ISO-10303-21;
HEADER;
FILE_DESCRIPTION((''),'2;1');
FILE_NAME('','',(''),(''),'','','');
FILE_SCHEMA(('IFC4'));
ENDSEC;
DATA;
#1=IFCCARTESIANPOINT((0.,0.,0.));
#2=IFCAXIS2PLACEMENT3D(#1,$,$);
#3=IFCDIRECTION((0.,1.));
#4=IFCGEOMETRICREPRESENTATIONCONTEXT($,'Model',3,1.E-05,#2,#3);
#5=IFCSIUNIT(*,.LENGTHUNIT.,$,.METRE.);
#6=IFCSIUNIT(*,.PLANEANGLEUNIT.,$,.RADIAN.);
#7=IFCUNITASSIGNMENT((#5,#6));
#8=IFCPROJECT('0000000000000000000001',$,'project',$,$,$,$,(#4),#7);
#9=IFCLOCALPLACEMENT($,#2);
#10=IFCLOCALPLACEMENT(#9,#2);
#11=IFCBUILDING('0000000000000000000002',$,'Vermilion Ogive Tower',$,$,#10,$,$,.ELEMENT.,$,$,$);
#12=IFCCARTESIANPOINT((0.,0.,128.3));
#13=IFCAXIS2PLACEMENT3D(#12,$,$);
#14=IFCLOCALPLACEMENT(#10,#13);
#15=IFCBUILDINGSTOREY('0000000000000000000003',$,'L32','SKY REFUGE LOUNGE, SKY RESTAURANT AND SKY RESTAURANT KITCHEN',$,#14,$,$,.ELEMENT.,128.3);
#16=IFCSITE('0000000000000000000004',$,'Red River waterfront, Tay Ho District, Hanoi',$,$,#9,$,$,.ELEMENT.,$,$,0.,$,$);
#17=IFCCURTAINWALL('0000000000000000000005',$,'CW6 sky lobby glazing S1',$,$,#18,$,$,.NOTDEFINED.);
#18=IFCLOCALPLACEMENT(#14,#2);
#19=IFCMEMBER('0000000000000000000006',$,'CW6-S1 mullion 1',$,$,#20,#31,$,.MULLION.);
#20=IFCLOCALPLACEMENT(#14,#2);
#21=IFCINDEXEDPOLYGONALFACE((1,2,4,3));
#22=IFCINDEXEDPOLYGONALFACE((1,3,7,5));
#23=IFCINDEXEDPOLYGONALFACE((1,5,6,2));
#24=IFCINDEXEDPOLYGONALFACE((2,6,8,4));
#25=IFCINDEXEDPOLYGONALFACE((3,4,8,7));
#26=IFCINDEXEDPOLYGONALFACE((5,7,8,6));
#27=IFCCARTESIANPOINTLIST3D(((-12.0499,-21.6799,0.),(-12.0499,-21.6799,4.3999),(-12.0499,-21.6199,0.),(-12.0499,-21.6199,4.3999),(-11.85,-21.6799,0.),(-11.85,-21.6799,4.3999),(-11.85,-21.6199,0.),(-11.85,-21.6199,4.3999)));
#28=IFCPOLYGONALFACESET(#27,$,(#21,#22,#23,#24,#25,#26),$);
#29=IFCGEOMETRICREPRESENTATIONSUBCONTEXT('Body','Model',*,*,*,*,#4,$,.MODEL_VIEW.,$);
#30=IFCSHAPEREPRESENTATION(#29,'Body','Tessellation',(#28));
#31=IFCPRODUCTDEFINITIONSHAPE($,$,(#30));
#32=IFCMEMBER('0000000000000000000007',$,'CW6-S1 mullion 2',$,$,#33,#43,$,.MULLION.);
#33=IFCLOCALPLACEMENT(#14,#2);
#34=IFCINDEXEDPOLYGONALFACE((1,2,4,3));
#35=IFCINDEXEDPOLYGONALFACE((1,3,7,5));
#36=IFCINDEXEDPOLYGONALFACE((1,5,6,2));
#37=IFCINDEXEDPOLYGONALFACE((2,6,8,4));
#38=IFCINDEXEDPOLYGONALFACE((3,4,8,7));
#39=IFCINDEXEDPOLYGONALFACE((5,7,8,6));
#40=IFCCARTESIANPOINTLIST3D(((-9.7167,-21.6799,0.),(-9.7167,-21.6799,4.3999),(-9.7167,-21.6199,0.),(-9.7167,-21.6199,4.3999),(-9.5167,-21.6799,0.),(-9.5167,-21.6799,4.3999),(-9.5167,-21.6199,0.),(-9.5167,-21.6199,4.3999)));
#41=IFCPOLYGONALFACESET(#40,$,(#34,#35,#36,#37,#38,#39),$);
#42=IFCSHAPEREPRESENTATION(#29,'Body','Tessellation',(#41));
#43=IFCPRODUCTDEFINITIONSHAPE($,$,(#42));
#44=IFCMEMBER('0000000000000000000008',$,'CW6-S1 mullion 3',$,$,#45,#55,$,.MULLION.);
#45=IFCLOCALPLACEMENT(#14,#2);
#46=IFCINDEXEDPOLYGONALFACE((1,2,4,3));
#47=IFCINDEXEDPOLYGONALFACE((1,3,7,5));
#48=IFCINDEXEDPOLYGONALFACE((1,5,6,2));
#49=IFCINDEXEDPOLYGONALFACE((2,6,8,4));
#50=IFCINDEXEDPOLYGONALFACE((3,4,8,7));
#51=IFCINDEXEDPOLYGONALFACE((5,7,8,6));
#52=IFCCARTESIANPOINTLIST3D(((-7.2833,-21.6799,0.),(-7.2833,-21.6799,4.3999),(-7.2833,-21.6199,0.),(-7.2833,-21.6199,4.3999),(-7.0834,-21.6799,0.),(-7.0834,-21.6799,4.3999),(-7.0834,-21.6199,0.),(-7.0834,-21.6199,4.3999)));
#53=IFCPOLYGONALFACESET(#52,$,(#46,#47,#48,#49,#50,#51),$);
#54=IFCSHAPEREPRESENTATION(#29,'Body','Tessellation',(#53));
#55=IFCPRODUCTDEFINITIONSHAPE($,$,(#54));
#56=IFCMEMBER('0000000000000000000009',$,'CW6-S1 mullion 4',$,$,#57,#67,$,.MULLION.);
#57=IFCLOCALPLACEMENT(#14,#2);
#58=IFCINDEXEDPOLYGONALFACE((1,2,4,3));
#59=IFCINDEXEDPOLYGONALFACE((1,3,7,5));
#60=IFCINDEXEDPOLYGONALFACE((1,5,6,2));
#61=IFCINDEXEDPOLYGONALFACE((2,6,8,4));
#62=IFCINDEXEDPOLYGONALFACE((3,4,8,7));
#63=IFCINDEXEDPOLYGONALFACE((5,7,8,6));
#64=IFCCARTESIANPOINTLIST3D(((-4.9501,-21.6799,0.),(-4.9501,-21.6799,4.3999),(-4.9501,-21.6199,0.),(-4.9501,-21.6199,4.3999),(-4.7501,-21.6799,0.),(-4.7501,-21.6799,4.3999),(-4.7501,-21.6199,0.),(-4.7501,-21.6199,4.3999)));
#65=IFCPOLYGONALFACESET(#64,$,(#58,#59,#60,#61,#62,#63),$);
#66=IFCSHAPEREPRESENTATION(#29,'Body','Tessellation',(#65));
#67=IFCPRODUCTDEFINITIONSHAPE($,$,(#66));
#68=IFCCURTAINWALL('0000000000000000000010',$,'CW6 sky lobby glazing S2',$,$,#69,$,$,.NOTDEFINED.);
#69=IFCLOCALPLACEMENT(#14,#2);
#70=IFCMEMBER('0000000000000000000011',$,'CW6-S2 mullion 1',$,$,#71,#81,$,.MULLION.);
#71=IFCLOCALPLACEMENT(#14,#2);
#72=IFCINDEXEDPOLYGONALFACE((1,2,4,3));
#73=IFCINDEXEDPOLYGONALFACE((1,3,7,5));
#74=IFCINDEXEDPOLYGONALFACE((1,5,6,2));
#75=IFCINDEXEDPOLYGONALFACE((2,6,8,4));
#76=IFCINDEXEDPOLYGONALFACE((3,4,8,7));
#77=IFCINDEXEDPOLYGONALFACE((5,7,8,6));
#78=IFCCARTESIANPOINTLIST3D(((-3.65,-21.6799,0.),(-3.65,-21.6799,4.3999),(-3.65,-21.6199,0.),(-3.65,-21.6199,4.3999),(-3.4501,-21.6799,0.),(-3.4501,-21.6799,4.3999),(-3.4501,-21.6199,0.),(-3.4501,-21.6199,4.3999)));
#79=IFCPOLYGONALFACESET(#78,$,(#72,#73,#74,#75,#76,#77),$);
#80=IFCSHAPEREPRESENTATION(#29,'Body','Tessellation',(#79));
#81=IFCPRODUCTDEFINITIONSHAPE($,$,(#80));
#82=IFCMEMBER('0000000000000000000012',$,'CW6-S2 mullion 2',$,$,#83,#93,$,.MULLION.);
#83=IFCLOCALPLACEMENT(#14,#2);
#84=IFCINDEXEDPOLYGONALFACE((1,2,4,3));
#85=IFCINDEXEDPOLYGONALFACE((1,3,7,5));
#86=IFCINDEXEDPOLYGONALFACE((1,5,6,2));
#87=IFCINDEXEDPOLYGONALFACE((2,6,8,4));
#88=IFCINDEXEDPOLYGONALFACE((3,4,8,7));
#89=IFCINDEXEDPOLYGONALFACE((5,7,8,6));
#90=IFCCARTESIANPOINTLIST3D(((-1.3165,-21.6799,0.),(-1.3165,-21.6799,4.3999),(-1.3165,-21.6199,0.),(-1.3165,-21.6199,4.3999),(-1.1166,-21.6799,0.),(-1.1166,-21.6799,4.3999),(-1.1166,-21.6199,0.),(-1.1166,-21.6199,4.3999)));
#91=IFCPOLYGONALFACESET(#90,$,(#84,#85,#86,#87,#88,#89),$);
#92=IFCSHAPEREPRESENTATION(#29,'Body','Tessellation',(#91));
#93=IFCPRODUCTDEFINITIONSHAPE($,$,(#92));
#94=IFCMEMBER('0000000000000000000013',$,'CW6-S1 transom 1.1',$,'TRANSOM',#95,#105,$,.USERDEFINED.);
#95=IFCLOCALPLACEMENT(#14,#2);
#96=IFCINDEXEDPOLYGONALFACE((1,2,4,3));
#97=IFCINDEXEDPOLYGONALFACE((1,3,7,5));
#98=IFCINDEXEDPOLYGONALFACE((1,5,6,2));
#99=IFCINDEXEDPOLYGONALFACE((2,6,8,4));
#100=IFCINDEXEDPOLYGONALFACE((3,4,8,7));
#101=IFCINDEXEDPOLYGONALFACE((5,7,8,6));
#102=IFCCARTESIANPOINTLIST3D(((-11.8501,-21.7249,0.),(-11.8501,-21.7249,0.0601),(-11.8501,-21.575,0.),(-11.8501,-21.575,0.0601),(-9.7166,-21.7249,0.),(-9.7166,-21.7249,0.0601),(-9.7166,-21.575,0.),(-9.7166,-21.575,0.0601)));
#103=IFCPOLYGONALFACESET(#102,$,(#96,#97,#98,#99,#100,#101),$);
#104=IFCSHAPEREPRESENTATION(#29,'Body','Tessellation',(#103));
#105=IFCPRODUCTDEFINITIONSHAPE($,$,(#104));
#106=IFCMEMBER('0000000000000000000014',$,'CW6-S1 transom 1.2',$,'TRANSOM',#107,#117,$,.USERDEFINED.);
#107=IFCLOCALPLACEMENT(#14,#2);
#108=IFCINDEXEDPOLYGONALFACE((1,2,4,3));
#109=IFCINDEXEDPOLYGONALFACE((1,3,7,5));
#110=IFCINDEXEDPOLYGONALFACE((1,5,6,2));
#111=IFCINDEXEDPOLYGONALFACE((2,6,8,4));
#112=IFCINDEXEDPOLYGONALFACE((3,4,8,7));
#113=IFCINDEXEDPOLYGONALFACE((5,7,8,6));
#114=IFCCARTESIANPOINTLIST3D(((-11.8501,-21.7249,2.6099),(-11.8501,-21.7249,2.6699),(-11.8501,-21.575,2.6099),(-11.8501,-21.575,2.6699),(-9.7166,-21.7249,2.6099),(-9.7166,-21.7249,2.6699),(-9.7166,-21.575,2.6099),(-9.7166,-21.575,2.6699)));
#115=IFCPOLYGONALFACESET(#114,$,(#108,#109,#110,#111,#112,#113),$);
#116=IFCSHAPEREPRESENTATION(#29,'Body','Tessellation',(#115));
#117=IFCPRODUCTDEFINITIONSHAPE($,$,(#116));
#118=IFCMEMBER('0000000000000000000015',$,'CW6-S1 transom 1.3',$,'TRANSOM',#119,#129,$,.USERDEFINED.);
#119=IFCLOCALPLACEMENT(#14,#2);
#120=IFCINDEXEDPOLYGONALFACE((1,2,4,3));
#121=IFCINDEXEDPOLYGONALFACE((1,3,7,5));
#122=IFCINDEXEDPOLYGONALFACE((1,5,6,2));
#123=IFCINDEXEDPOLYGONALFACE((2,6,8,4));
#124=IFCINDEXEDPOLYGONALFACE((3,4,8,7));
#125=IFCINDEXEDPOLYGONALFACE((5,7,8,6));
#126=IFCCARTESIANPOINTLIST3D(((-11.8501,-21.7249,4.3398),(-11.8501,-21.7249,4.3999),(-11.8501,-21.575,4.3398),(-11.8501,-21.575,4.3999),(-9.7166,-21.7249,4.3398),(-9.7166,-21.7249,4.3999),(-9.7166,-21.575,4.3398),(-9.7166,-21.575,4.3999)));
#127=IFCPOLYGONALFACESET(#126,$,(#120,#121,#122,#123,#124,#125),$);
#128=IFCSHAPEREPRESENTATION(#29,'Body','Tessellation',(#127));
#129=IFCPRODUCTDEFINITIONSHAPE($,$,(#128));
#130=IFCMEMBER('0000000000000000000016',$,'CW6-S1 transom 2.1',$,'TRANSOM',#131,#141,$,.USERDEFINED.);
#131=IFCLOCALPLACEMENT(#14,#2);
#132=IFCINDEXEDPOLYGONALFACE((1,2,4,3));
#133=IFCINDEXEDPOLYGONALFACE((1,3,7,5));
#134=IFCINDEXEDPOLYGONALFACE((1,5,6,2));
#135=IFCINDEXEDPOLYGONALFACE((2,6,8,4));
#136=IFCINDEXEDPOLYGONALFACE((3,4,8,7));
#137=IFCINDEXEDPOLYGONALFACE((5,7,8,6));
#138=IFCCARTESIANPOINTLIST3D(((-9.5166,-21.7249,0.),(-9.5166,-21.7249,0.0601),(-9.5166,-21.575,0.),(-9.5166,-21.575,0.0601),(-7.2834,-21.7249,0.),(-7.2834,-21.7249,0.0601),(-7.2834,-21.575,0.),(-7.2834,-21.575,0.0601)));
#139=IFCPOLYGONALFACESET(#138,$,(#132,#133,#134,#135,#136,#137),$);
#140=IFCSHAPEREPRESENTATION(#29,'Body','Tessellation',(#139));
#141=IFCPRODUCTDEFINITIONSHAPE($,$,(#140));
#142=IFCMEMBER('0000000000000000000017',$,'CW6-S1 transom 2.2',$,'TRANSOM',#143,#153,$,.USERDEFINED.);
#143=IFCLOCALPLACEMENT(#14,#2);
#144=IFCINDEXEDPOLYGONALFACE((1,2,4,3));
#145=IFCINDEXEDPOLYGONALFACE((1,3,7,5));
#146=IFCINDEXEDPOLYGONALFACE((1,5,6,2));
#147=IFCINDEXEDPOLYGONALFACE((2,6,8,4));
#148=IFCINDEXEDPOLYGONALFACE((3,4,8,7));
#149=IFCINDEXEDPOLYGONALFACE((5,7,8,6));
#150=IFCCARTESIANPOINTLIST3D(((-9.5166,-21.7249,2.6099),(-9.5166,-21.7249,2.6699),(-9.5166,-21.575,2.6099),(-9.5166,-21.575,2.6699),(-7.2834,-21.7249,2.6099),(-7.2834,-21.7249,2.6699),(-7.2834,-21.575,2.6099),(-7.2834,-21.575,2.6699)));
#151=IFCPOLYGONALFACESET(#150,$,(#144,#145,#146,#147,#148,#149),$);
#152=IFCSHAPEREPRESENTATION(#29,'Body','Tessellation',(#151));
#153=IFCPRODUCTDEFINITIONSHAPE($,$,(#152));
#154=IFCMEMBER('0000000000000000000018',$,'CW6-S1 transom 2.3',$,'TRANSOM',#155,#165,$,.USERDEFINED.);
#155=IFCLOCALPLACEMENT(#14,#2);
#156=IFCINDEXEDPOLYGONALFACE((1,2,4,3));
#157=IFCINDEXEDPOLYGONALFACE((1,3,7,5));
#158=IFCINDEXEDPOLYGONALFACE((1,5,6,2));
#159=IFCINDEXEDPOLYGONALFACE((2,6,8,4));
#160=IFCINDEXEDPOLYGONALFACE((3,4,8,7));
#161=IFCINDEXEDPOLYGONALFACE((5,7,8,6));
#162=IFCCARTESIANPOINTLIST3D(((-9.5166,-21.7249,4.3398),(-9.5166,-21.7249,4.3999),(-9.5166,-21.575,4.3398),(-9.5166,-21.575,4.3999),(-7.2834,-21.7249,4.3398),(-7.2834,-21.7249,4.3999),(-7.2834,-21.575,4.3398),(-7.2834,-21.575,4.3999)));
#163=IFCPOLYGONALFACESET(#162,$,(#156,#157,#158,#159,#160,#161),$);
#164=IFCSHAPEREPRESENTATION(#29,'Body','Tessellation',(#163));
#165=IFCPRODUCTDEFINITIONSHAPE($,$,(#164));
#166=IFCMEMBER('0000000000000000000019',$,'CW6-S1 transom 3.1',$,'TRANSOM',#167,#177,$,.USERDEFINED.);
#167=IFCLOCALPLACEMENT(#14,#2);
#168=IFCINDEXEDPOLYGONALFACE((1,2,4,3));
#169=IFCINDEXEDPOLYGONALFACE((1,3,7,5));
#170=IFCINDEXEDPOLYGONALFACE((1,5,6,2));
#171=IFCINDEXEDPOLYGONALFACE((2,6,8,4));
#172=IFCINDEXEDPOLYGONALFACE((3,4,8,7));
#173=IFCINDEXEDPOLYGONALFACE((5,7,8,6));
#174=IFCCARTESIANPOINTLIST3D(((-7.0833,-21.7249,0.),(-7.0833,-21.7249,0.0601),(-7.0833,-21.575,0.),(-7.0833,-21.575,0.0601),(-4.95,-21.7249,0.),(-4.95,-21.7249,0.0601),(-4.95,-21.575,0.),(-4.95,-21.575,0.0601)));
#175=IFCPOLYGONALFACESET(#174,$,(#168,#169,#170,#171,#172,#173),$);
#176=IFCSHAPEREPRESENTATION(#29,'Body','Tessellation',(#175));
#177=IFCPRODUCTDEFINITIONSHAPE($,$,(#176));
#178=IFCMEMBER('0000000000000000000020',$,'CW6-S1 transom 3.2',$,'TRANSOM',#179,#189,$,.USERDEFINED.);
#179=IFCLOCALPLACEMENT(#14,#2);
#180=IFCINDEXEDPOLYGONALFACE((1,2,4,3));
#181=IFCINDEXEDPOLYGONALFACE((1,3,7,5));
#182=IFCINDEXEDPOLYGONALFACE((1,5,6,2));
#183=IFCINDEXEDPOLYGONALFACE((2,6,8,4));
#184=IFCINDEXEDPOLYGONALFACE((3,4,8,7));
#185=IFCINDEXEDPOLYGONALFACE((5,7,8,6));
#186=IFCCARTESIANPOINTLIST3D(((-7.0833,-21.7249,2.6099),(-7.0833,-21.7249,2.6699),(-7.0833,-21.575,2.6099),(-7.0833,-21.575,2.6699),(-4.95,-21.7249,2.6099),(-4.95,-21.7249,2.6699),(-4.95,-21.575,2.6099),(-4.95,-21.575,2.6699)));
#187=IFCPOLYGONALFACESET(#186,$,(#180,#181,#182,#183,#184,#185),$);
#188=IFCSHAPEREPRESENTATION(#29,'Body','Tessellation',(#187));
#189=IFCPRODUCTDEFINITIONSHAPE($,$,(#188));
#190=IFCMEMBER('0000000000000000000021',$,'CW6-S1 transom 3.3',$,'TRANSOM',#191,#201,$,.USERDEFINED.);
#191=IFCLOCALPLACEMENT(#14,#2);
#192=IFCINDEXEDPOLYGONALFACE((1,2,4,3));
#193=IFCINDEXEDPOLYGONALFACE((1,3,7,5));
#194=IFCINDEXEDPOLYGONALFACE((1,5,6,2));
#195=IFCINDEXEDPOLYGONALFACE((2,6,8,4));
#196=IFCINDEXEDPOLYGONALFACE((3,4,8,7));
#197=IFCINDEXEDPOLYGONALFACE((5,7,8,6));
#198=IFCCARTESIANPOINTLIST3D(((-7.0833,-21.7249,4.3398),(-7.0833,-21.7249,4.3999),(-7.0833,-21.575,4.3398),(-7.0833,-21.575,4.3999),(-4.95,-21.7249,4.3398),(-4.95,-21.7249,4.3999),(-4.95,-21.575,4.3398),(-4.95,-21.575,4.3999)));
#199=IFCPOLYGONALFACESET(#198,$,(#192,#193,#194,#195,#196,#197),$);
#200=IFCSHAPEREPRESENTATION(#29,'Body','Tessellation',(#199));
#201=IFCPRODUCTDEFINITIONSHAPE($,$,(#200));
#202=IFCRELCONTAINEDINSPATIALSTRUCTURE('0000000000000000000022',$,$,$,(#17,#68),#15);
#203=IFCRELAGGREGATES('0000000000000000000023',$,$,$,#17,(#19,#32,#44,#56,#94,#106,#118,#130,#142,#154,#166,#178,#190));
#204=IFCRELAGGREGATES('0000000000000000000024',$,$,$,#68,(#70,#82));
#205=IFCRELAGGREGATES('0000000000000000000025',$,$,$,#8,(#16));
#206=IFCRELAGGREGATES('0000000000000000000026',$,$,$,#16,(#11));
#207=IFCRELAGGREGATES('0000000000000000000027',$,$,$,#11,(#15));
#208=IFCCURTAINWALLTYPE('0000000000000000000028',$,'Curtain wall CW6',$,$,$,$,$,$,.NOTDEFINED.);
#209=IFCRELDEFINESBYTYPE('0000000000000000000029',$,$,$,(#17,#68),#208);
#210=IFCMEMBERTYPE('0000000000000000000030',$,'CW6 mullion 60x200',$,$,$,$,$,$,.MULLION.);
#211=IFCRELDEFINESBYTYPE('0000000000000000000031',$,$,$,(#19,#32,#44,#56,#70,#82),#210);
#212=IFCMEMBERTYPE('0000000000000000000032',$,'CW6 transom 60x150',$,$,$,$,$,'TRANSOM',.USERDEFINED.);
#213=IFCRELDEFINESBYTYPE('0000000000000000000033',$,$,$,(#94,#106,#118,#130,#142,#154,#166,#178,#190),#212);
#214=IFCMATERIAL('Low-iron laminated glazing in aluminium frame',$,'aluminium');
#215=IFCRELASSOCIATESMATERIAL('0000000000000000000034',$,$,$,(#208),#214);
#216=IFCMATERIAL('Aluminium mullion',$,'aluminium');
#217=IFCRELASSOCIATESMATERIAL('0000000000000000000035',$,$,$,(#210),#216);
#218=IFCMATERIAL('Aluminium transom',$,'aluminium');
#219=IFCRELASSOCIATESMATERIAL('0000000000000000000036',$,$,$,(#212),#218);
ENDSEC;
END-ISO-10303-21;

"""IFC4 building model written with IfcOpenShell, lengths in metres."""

from ifc_helpers import new_model, si_unit, direction, frame, origin, origin_2d, place, context, subcontext, project, spatial, rectangle, extrude, material, material_profile, profile_set, type_object, element, aggregate, save


model = new_model("IFC4")

# Units and contexts
model_context = context("Model", 3, precision=1e-05, world=origin(), true_north=direction((0.0, 1.0)))
body_context = subcontext(model_context, "Body", "Model", "MODEL_VIEW")
ifc_project = project(units=[si_unit("LENGTHUNIT", "METRE"), si_unit("PLANEANGLEUNIT", "RADIAN")], contexts=[model_context])

# Site, building, storey
site_placement = place(None, origin())
site = spatial("IfcSite", under=ifc_project, at=site_placement, Name="Red River waterfront, Tay Ho District, Hanoi", CompositionType="ELEMENT", RefElevation=0.0)
building_placement = place(site_placement, origin())
building = spatial("IfcBuilding", under=site, at=building_placement, Name="Vermilion Ogive Tower", CompositionType="ELEMENT")
storey_placement = place(building_placement, frame((0.0, 0.0, 128.3)))
storey = spatial("IfcBuildingStorey", under=building, at=storey_placement, Name="L32", Description="SKY REFUGE LOUNGE, SKY RESTAURANT AND SKY RESTAURANT KITCHEN", CompositionType="ELEMENT", Elevation=128.3)

# Curtain walls, members
ifc_material_1 = material(Name="Low-iron laminated glazing in aluminium frame", Category="aluminium")
curtain_wall_type = type_object("IfcCurtainWallType", Name="Curtain wall CW6", PredefinedType="NOTDEFINED", material=ifc_material_1)
curtain_wall_1_placement = place(storey_placement, origin())
curtain_wall_1 = element("IfcCurtainWall", 1, at=curtain_wall_1_placement, inside=storey, type_object=curtain_wall_type, Name="CW6 sky lobby glazing S1", PredefinedType="NOTDEFINED")
ifc_material_2 = material(Name="Aluminium mullion", Category="aluminium")
ifc_material_profile_1 = material_profile(ifc_material_2, rectangle(XDim=0.0601, YDim=0.2, at=origin_2d()), Name="AL 60x200")
ifc_profile_set_1 = profile_set([ifc_material_profile_1], Name="Aluminium mullion")
member_type_1 = type_object("IfcMemberType", Name="CW6 mullion 60x200", PredefinedType="MULLION", material=ifc_profile_set_1)
member_1_placement = place(storey_placement, frame((-11.95, -21.6499, 0.0), z_axis=(0.0, 0.0, 1.0), x_axis=(0.0, 1.0, 0.0)))
member_1 = element("IfcMember", 2, at=member_1_placement, type_object=member_type_1, Name="CW6-S1 mullion 1", PredefinedType="MULLION", context=body_context, shape_type="SweptSolid", body=[
    extrude(rectangle(XDim=0.0601, YDim=0.2, at=origin_2d()), origin(), (0.0, 0.0, 1.0), 4.3999),
])
member_2_placement = place(storey_placement, frame((-9.6167, -21.6499, 0.0), z_axis=(0.0, 0.0, 1.0), x_axis=(0.0, 1.0, 0.0)))
member_2 = element("IfcMember", 3, at=member_2_placement, type_object=member_type_1, Name="CW6-S1 mullion 2", PredefinedType="MULLION", context=body_context, shape_type="SweptSolid", body=[
    extrude(rectangle(XDim=0.0601, YDim=0.2, at=origin_2d()), origin(), (0.0, 0.0, 1.0), 4.3999),
])
member_3_placement = place(storey_placement, frame((-7.1833, -21.6499, 0.0), z_axis=(0.0, 0.0, 1.0), x_axis=(0.0, 1.0, 0.0)))
member_3 = element("IfcMember", 4, at=member_3_placement, type_object=member_type_1, Name="CW6-S1 mullion 3", PredefinedType="MULLION", context=body_context, shape_type="SweptSolid", body=[
    extrude(rectangle(XDim=0.0601, YDim=0.2, at=origin_2d()), origin(), (0.0, 0.0, 1.0), 4.3999),
])
member_4_placement = place(storey_placement, frame((-4.8501, -21.6499, 0.0), z_axis=(0.0, 0.0, 1.0), x_axis=(0.0, 1.0, 0.0)))
member_4 = element("IfcMember", 5, at=member_4_placement, type_object=member_type_1, Name="CW6-S1 mullion 4", PredefinedType="MULLION", context=body_context, shape_type="SweptSolid", body=[
    extrude(rectangle(XDim=0.0601, YDim=0.2, at=origin_2d()), origin(), (0.0, 0.0, 1.0), 4.3999),
])
curtain_wall_2_placement = place(storey_placement, origin())
curtain_wall_2 = element("IfcCurtainWall", 6, at=curtain_wall_2_placement, inside=storey, type_object=curtain_wall_type, Name="CW6 sky lobby glazing S2", PredefinedType="NOTDEFINED")
member_5_placement = place(storey_placement, frame((-3.55, -21.6499, 0.0), z_axis=(0.0, 0.0, 1.0), x_axis=(0.0, 1.0, 0.0)))
member_5 = element("IfcMember", 7, at=member_5_placement, type_object=member_type_1, Name="CW6-S2 mullion 1", PredefinedType="MULLION", context=body_context, shape_type="SweptSolid", body=[
    extrude(rectangle(XDim=0.0601, YDim=0.2, at=origin_2d()), origin(), (0.0, 0.0, 1.0), 4.3999),
])
member_6_placement = place(storey_placement, frame((-1.2166, -21.6499, 0.0), z_axis=(0.0, 0.0, 1.0), x_axis=(0.0, 1.0, 0.0)))
member_6 = element("IfcMember", 8, at=member_6_placement, type_object=member_type_1, Name="CW6-S2 mullion 2", PredefinedType="MULLION", context=body_context, shape_type="SweptSolid", body=[
    extrude(rectangle(XDim=0.0601, YDim=0.2, at=origin_2d()), origin(), (0.0, 0.0, 1.0), 4.3999),
])

# Members
ifc_material_3 = material(Name="Aluminium transom", Category="aluminium")
ifc_material_profile_2 = material_profile(ifc_material_3, rectangle(XDim=0.1499, YDim=0.0601, at=origin_2d()), Name="AL 60x150")
ifc_profile_set_2 = profile_set([ifc_material_profile_2], Name="Aluminium transom")
member_type_2 = type_object("IfcMemberType", Name="CW6 transom 60x150", ElementType="TRANSOM", PredefinedType="USERDEFINED", material=ifc_profile_set_2)
member_7_placement = place(storey_placement, frame((-11.8501, -21.6499, 0.03), z_axis=(1.0, 0.0, 0.0), x_axis=(0.0, 1.0, 0.0)))
member_7 = element("IfcMember", 9, at=member_7_placement, type_object=member_type_2, Name="CW6-S1 transom 1.1", ObjectType="TRANSOM", PredefinedType="USERDEFINED", context=body_context, shape_type="SweptSolid", body=[
    extrude(rectangle(XDim=0.1499, YDim=0.0601, at=origin_2d()), origin(), (0.0, 0.0, 1.0), 2.1335),
])
member_8_placement = place(storey_placement, frame((-11.8501, -21.6499, 2.6399), z_axis=(1.0, 0.0, 0.0), x_axis=(0.0, 1.0, 0.0)))
member_8 = element("IfcMember", 10, at=member_8_placement, type_object=member_type_2, Name="CW6-S1 transom 1.2", ObjectType="TRANSOM", PredefinedType="USERDEFINED", context=body_context, shape_type="SweptSolid", body=[
    extrude(rectangle(XDim=0.1499, YDim=0.0601, at=origin_2d()), origin(), (0.0, 0.0, 1.0), 2.1335),
])
member_9_placement = place(storey_placement, frame((-11.8501, -21.6499, 4.3699), z_axis=(1.0, 0.0, 0.0), x_axis=(0.0, 1.0, 0.0)))
member_9 = element("IfcMember", 11, at=member_9_placement, type_object=member_type_2, Name="CW6-S1 transom 1.3", ObjectType="TRANSOM", PredefinedType="USERDEFINED", context=body_context, shape_type="SweptSolid", body=[
    extrude(rectangle(XDim=0.1499, YDim=0.0601, at=origin_2d()), origin(), (0.0, 0.0, 1.0), 2.1335),
])
member_10_placement = place(storey_placement, frame((-9.5166, -21.6499, 0.03), z_axis=(1.0, 0.0, 0.0), x_axis=(0.0, 1.0, 0.0)))
member_10 = element("IfcMember", 12, at=member_10_placement, type_object=member_type_2, Name="CW6-S1 transom 2.1", ObjectType="TRANSOM", PredefinedType="USERDEFINED", context=body_context, shape_type="SweptSolid", body=[
    extrude(rectangle(XDim=0.1499, YDim=0.0601, at=origin_2d()), origin(), (0.0, 0.0, 1.0), 2.2332),
])
member_11_placement = place(storey_placement, frame((-9.5166, -21.6499, 2.6399), z_axis=(1.0, 0.0, 0.0), x_axis=(0.0, 1.0, 0.0)))
member_11 = element("IfcMember", 13, at=member_11_placement, type_object=member_type_2, Name="CW6-S1 transom 2.2", ObjectType="TRANSOM", PredefinedType="USERDEFINED", context=body_context, shape_type="SweptSolid", body=[
    extrude(rectangle(XDim=0.1499, YDim=0.0601, at=origin_2d()), origin(), (0.0, 0.0, 1.0), 2.2332),
])
member_12_placement = place(storey_placement, frame((-9.5166, -21.6499, 4.3699), z_axis=(1.0, 0.0, 0.0), x_axis=(0.0, 1.0, 0.0)))
member_12 = element("IfcMember", 14, at=member_12_placement, type_object=member_type_2, Name="CW6-S1 transom 2.3", ObjectType="TRANSOM", PredefinedType="USERDEFINED", context=body_context, shape_type="SweptSolid", body=[
    extrude(rectangle(XDim=0.1499, YDim=0.0601, at=origin_2d()), origin(), (0.0, 0.0, 1.0), 2.2332),
])
member_13_placement = place(storey_placement, frame((-7.0833, -21.6499, 0.03), z_axis=(1.0, 0.0, 0.0), x_axis=(0.0, 1.0, 0.0)))
member_13 = element("IfcMember", 15, at=member_13_placement, type_object=member_type_2, Name="CW6-S1 transom 3.1", ObjectType="TRANSOM", PredefinedType="USERDEFINED", context=body_context, shape_type="SweptSolid", body=[
    extrude(rectangle(XDim=0.1499, YDim=0.0601, at=origin_2d()), origin(), (0.0, 0.0, 1.0), 2.1333),
])
member_14_placement = place(storey_placement, frame((-7.0833, -21.6499, 2.6399), z_axis=(1.0, 0.0, 0.0), x_axis=(0.0, 1.0, 0.0)))
member_14 = element("IfcMember", 16, at=member_14_placement, type_object=member_type_2, Name="CW6-S1 transom 3.2", ObjectType="TRANSOM", PredefinedType="USERDEFINED", context=body_context, shape_type="SweptSolid", body=[
    extrude(rectangle(XDim=0.1499, YDim=0.0601, at=origin_2d()), origin(), (0.0, 0.0, 1.0), 2.1333),
])
member_15_placement = place(storey_placement, frame((-7.0833, -21.6499, 4.3699), z_axis=(1.0, 0.0, 0.0), x_axis=(0.0, 1.0, 0.0)))
member_15 = element("IfcMember", 17, at=member_15_placement, type_object=member_type_2, Name="CW6-S1 transom 3.3", ObjectType="TRANSOM", PredefinedType="USERDEFINED", context=body_context, shape_type="SweptSolid", body=[
    extrude(rectangle(XDim=0.1499, YDim=0.0601, at=origin_2d()), origin(), (0.0, 0.0, 1.0), 2.1333),
])

aggregate(curtain_wall_1, [member_1, member_2, member_3, member_4, member_7, member_8, member_9, member_10, member_11, member_12, member_13, member_14, member_15])
aggregate(curtain_wall_2, [member_5, member_6])

save(model, "model.ifc")
